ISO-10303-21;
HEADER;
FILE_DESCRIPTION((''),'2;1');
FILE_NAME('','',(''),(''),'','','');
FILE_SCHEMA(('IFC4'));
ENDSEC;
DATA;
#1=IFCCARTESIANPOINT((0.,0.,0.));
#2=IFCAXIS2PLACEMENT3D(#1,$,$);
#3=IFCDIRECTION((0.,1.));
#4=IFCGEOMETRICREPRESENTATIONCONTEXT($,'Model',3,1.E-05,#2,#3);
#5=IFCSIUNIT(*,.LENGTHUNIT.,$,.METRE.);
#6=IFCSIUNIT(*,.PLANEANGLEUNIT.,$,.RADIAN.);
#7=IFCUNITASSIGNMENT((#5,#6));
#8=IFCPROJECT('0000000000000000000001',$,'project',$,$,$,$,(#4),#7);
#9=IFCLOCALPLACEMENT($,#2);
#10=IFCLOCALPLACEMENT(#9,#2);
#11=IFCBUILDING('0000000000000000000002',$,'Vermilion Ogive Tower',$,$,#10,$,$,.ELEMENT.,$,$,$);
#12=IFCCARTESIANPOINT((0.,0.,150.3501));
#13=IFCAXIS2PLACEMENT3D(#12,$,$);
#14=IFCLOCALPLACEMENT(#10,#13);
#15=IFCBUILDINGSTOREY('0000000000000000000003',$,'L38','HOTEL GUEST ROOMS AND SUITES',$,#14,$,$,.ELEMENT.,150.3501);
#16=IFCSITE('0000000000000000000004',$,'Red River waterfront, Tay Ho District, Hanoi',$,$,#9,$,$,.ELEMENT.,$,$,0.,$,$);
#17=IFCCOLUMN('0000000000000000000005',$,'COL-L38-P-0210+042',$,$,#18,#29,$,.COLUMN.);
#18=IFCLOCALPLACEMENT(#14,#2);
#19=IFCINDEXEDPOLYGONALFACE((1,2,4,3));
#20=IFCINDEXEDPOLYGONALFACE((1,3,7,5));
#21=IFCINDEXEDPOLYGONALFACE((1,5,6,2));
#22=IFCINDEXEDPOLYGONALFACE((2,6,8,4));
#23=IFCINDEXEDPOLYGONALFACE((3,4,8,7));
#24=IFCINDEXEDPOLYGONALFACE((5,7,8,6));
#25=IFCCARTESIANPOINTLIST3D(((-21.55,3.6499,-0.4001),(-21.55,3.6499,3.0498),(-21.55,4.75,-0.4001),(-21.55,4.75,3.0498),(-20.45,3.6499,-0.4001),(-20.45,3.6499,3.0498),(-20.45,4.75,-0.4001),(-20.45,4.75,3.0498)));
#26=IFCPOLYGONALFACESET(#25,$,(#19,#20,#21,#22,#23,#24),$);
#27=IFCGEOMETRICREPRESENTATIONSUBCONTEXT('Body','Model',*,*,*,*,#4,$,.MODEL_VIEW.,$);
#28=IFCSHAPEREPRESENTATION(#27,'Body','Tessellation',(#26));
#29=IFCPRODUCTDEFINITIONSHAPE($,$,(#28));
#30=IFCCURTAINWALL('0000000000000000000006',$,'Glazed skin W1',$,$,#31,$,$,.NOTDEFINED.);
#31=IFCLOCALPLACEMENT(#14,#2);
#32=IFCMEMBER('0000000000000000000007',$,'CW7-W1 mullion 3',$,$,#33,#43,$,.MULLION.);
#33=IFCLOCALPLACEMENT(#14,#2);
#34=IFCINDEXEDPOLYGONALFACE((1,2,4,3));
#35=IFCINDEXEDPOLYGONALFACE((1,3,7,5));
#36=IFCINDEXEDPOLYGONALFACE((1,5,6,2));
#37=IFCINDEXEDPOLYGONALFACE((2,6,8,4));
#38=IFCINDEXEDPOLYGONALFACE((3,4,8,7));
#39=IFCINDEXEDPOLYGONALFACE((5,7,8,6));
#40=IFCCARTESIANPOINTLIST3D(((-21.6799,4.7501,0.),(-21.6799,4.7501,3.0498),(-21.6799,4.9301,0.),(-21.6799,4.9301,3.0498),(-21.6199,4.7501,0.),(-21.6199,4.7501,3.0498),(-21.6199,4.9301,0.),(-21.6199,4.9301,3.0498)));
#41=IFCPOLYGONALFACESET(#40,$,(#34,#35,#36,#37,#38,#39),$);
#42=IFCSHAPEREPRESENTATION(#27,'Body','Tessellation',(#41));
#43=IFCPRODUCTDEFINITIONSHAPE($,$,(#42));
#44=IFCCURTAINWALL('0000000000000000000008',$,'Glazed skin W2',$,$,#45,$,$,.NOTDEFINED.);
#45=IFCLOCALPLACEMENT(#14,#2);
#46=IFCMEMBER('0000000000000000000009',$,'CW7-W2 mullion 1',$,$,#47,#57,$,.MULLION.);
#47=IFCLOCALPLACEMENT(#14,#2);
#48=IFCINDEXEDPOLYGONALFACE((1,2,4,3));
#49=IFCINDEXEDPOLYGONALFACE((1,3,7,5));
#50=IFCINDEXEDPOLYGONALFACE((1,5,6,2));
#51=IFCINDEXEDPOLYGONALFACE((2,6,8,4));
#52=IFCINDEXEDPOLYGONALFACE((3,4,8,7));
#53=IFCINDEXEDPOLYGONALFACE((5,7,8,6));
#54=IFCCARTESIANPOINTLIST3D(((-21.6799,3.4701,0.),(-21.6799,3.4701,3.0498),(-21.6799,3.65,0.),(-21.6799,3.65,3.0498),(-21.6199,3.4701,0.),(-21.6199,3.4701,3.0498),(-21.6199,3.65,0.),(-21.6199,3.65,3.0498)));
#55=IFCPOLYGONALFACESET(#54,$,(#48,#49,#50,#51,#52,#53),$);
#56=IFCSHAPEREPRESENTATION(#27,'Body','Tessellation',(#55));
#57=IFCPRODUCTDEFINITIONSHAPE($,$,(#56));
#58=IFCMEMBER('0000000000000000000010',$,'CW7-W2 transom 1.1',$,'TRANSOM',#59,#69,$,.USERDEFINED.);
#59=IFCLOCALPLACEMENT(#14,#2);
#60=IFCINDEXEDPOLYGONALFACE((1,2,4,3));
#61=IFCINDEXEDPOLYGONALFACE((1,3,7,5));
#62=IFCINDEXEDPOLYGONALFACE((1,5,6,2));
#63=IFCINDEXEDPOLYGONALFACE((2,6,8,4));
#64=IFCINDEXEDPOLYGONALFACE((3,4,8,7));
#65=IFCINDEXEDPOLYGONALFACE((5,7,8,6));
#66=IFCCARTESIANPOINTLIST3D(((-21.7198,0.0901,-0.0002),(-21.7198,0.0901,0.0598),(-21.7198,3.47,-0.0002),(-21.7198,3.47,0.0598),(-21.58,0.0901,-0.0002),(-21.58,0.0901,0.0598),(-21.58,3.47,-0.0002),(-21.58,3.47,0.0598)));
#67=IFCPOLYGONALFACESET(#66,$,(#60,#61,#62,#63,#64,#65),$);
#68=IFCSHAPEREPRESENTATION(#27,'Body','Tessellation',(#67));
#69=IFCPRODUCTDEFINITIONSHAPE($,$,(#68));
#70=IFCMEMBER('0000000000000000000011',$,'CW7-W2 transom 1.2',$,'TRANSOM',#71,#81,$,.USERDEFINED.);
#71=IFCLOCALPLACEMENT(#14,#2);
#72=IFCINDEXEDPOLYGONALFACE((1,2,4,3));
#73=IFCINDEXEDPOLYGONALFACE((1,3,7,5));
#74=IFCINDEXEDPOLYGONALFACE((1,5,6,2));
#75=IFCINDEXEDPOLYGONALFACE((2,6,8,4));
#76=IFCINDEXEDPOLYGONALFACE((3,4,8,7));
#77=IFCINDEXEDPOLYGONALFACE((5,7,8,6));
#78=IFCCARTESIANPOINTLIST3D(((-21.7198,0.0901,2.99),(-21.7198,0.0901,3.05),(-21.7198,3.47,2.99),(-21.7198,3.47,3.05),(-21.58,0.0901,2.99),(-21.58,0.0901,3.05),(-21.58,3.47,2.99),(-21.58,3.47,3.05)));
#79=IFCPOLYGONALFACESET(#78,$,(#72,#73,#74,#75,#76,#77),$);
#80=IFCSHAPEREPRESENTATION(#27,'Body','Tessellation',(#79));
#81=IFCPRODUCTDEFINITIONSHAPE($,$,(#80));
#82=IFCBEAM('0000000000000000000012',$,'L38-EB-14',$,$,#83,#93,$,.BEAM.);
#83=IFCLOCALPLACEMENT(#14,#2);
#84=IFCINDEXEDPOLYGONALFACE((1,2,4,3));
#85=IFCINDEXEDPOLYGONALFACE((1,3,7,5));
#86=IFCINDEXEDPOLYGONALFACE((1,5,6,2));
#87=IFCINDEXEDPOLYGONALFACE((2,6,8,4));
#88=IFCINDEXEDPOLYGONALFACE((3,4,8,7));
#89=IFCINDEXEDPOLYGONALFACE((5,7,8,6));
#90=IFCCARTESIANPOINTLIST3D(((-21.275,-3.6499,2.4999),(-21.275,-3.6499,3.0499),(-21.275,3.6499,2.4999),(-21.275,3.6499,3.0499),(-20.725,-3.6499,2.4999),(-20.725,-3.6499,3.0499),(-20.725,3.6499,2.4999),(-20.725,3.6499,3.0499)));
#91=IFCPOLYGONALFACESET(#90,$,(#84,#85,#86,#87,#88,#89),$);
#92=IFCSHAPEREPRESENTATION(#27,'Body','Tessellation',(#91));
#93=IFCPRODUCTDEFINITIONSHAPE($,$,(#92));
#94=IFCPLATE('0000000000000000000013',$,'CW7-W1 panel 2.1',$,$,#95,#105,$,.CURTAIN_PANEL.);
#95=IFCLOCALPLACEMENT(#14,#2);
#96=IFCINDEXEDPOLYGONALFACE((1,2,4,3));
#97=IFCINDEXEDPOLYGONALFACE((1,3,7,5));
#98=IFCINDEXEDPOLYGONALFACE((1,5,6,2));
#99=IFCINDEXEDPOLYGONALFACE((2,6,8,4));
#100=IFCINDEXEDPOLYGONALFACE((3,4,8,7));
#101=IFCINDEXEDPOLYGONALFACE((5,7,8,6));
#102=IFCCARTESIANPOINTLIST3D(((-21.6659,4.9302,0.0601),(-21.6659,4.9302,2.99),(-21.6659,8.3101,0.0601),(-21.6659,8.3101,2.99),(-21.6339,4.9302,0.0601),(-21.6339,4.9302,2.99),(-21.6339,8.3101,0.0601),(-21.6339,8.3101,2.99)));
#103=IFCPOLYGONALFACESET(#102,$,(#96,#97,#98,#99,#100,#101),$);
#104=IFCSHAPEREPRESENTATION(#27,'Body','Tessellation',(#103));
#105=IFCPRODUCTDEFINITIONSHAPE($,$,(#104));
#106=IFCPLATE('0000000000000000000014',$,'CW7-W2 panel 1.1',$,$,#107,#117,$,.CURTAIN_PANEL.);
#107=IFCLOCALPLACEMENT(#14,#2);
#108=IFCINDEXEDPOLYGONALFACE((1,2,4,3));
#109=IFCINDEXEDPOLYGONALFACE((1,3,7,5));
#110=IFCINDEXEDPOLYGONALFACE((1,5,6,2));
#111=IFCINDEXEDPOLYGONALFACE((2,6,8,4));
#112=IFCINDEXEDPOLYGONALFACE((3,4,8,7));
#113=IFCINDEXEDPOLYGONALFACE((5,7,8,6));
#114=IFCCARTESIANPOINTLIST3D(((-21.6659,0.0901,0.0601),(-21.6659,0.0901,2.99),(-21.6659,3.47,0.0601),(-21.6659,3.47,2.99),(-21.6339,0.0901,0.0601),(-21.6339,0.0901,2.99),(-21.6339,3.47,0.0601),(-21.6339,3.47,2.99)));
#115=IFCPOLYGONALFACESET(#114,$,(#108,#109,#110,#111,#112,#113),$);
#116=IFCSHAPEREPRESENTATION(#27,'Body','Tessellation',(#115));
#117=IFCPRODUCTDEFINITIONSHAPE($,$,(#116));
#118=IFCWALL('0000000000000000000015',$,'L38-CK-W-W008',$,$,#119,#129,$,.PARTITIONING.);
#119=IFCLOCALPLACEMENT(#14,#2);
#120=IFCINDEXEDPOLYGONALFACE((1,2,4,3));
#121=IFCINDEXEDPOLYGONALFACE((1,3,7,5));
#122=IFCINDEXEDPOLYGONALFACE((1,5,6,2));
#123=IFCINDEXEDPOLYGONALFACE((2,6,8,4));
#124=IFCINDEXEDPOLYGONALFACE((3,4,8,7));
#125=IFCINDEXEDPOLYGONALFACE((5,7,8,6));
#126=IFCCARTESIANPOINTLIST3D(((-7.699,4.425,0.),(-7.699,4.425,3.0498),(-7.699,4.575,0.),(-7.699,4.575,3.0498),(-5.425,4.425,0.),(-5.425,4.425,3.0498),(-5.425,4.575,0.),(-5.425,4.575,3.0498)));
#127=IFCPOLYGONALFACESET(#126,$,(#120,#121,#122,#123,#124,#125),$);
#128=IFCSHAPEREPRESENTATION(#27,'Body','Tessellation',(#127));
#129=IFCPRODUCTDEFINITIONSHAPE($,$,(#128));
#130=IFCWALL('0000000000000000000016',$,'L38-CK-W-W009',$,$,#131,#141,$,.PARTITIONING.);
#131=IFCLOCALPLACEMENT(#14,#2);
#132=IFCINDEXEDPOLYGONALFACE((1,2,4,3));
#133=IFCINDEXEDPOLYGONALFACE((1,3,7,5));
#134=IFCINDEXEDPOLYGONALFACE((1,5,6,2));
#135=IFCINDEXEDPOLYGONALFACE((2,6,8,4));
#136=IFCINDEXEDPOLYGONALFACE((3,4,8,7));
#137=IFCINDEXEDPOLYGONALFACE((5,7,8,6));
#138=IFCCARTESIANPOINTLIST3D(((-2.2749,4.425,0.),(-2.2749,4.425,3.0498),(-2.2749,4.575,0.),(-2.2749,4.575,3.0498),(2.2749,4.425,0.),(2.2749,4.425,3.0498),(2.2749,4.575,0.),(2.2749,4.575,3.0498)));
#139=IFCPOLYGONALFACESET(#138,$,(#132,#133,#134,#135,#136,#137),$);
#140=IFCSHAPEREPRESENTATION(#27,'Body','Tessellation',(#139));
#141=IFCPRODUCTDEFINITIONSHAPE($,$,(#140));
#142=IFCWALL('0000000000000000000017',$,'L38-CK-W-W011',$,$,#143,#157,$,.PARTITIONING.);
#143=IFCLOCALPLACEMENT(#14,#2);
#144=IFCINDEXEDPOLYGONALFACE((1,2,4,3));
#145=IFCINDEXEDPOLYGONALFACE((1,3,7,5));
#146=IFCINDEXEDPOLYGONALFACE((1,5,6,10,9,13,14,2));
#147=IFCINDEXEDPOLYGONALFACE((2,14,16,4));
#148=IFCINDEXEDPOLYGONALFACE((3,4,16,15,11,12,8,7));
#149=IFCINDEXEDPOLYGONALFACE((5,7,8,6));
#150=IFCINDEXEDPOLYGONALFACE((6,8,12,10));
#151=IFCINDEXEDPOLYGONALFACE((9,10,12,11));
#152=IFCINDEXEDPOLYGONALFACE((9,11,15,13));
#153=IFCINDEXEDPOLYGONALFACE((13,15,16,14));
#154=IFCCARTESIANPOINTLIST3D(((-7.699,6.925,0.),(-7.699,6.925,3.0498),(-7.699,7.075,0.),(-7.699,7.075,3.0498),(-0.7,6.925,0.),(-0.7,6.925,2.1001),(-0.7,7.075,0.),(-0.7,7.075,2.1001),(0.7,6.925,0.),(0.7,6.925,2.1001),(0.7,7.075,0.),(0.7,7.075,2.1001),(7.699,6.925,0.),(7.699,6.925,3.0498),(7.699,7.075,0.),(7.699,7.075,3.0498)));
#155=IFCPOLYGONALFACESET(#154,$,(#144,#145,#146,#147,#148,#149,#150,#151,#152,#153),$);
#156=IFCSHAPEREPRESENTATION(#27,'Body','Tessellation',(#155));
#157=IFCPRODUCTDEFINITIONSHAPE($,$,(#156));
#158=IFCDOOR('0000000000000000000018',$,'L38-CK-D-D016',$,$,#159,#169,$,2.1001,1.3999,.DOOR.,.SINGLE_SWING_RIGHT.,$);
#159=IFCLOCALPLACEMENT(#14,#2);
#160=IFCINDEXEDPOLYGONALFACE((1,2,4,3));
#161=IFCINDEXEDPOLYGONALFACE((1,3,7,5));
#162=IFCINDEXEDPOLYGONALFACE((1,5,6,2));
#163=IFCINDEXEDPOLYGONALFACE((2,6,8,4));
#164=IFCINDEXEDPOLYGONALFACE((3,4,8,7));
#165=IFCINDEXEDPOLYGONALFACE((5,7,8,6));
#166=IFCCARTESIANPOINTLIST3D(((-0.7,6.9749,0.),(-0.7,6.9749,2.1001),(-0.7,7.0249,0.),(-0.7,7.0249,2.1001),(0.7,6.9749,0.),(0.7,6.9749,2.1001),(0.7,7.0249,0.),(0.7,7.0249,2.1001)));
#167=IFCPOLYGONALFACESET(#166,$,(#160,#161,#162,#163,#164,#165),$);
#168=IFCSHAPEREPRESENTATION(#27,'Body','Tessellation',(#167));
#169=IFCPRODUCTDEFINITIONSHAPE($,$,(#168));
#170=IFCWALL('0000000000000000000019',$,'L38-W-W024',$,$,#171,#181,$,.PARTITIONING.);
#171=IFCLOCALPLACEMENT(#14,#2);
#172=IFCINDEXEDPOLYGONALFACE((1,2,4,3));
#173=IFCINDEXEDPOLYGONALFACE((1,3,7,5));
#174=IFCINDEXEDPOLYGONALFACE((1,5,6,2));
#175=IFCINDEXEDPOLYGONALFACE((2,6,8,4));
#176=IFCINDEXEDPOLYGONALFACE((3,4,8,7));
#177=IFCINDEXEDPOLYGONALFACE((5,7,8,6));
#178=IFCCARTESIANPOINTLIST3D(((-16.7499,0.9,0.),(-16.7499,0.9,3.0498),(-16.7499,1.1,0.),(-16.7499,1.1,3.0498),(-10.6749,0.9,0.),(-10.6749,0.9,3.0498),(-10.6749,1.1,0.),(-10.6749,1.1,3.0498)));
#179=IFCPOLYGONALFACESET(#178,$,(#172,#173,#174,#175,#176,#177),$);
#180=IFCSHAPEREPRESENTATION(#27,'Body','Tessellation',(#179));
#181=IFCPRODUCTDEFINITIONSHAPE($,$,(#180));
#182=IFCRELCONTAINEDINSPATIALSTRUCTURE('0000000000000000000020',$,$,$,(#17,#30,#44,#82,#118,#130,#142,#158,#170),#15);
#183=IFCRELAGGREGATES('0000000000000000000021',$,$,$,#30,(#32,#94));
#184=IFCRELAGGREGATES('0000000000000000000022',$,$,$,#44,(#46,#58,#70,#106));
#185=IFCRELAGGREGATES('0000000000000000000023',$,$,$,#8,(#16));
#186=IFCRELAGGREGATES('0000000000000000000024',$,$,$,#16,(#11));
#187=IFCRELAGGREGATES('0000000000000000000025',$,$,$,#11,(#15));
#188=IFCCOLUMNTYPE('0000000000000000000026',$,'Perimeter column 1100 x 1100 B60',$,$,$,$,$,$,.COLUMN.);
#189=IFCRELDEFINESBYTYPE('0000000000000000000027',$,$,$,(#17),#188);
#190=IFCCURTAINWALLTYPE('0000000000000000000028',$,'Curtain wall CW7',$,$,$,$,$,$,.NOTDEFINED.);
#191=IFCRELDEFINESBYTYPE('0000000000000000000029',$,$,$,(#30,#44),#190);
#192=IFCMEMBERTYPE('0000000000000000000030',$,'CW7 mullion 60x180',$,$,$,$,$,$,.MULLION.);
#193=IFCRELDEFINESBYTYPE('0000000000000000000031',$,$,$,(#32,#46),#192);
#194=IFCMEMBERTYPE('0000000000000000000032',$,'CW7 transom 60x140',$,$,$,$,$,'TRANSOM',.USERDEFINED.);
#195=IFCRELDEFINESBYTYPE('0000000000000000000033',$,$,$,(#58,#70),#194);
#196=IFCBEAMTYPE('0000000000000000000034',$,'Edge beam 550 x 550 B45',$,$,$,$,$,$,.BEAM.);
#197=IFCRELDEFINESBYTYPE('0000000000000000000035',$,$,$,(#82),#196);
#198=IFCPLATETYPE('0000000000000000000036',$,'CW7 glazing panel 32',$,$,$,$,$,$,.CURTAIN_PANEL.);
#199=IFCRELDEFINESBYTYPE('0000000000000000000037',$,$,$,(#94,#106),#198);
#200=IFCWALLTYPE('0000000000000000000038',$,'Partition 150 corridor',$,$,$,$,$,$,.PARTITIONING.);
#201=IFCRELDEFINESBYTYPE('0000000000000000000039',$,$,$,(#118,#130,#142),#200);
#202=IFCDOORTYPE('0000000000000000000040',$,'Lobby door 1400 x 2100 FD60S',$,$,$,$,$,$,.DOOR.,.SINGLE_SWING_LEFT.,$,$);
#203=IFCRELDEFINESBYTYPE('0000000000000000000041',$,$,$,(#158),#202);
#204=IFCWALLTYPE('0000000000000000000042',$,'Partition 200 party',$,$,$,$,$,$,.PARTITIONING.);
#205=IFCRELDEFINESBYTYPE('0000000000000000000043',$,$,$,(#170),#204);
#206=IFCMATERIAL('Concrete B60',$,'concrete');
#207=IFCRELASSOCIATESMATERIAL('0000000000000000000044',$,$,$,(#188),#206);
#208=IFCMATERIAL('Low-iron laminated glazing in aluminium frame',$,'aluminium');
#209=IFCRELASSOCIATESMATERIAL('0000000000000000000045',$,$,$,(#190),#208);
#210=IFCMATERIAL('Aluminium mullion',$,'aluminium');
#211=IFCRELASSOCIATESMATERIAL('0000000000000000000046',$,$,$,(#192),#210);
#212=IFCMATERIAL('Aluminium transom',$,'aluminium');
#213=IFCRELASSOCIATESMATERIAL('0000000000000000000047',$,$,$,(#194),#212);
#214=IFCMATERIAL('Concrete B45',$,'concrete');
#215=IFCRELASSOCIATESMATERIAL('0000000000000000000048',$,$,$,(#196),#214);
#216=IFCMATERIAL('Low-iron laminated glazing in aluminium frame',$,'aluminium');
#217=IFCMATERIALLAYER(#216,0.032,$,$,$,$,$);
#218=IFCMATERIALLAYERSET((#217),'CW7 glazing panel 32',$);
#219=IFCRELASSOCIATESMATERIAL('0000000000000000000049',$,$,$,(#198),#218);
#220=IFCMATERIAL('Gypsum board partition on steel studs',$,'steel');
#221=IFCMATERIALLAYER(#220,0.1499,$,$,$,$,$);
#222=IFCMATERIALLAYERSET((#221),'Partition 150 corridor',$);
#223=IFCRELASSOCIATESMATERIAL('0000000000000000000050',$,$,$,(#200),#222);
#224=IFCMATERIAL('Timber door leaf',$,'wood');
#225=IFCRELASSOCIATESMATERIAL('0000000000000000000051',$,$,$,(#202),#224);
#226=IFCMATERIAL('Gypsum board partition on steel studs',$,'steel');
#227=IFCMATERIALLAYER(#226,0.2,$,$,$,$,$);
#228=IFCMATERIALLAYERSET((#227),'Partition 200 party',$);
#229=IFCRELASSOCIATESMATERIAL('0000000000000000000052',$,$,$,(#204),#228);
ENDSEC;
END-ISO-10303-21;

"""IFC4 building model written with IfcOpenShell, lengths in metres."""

from ifc_helpers import new_model, si_unit, direction, frame, frame_2d, origin, origin_2d, place, context, subcontext, project, spatial, rectangle, extrude, material, layer, layer_set, material_profile, profile_set, type_object, element, fill, aggregate, save


model = new_model("IFC4")

# Units and contexts
model_context = context("Model", 3, precision=1e-05, world=origin(), true_north=direction((0.0, 1.0)))
body_context = subcontext(model_context, "Body", "Model", "MODEL_VIEW")
ifc_project = project(units=[si_unit("LENGTHUNIT", "METRE"), si_unit("PLANEANGLEUNIT", "RADIAN")], contexts=[model_context])

# Site, building, storey
site_placement = place(None, origin())
site = spatial("IfcSite", under=ifc_project, at=site_placement, Name="Red River waterfront, Tay Ho District, Hanoi", CompositionType="ELEMENT", RefElevation=0.0)
building_placement = place(site_placement, origin())
building = spatial("IfcBuilding", under=site, at=building_placement, Name="Vermilion Ogive Tower", CompositionType="ELEMENT")
storey_placement = place(building_placement, frame((0.0, 0.0, 150.3501)))
storey = spatial("IfcBuildingStorey", under=building, at=storey_placement, Name="L38", Description="HOTEL GUEST ROOMS AND SUITES", CompositionType="ELEMENT", Elevation=150.3501)

# Column
ifc_material_1 = material(Name="Concrete B60", Category="concrete")
ifc_material_profile_1 = material_profile(ifc_material_1, rectangle(XDim=1.1001, YDim=1.1001, at=origin_2d()), Name="1100 x 1100")
ifc_profile_set_1 = profile_set([ifc_material_profile_1], Name="Concrete B60")
column_type = type_object("IfcColumnType", Name="Perimeter column 1100 x 1100 B60", PredefinedType="COLUMN", material=ifc_profile_set_1)
column_placement = place(storey_placement, frame((-21.0, 4.2, -0.4001), z_axis=(0.0, 0.0, 1.0), x_axis=(1.0, 0.0, 0.0)))
element("IfcColumn", 1, at=column_placement, inside=storey, type_object=column_type, Name="COL-L38-P-0210+042", PredefinedType="COLUMN", context=body_context, shape_type="SweptSolid", body=[
    extrude(rectangle(XDim=1.1001, YDim=1.1001, at=origin_2d()), origin(), (0.0, 0.0, 1.0), 3.45),
])

# Curtain wall, member
ifc_material_2 = material(Name="Low-iron laminated glazing in aluminium frame", Category="aluminium")
curtain_wall_type = type_object("IfcCurtainWallType", Name="Curtain wall CW7", PredefinedType="NOTDEFINED", material=ifc_material_2)
curtain_wall_1_placement = place(storey_placement, origin())
curtain_wall_1 = element("IfcCurtainWall", 2, at=curtain_wall_1_placement, inside=storey, type_object=curtain_wall_type, Name="Glazed skin W1", PredefinedType="NOTDEFINED")
ifc_material_3 = material(Name="Aluminium mullion", Category="aluminium")
ifc_material_profile_2 = material_profile(ifc_material_3, rectangle(XDim=0.0601, YDim=0.1799, at=origin_2d()), Name="AL 60x180")
ifc_profile_set_2 = profile_set([ifc_material_profile_2], Name="Aluminium mullion")
member_type_1 = type_object("IfcMemberType", Name="CW7 mullion 60x180", PredefinedType="MULLION", material=ifc_profile_set_2)
member_1_placement = place(storey_placement, frame((-21.6499, 4.8401, 0.0), z_axis=(0.0, 0.0, 1.0), x_axis=(1.0, 0.0, 0.0)))
member_1 = element("IfcMember", 3, at=member_1_placement, type_object=member_type_1, Name="CW7-W1 mullion 3", PredefinedType="MULLION", context=body_context, shape_type="SweptSolid", body=[
    extrude(rectangle(XDim=0.0601, YDim=0.1799, at=origin_2d()), origin(), (0.0, 0.0, 1.0), 3.0498),
])

# Curtain wall, members
curtain_wall_2_placement = place(storey_placement, origin())
curtain_wall_2 = element("IfcCurtainWall", 4, at=curtain_wall_2_placement, inside=storey, type_object=curtain_wall_type, Name="Glazed skin W2", PredefinedType="NOTDEFINED")
member_2_placement = place(storey_placement, frame((-21.6499, 3.5601, 0.0), z_axis=(0.0, 0.0, 1.0), x_axis=(1.0, 0.0, 0.0)))
member_2 = element("IfcMember", 5, at=member_2_placement, type_object=member_type_1, Name="CW7-W2 mullion 1", PredefinedType="MULLION", context=body_context, shape_type="SweptSolid", body=[
    extrude(rectangle(XDim=0.0601, YDim=0.1799, at=origin_2d()), origin(), (0.0, 0.0, 1.0), 3.0498),
])
ifc_material_4 = material(Name="Aluminium transom", Category="aluminium")
ifc_material_profile_3 = material_profile(ifc_material_4, rectangle(XDim=0.1399, YDim=0.0601, at=origin_2d()), Name="AL 60x140")
ifc_profile_set_3 = profile_set([ifc_material_profile_3], Name="Aluminium transom")
member_type_2 = type_object("IfcMemberType", Name="CW7 transom 60x140", ElementType="TRANSOM", PredefinedType="USERDEFINED", material=ifc_profile_set_3)
member_3_placement = place(storey_placement, frame((-21.6499, 3.47, 0.0298), z_axis=(0.0, -1.0, 0.0), x_axis=(1.0, 0.0, 0.0)))
member_3 = element("IfcMember", 6, at=member_3_placement, type_object=member_type_2, Name="CW7-W2 transom 1.1", ObjectType="TRANSOM", PredefinedType="USERDEFINED", context=body_context, shape_type="SweptSolid", body=[
    extrude(rectangle(XDim=0.1399, YDim=0.0601, at=origin_2d()), origin(), (0.0, 0.0, 1.0), 3.3799),
])
member_4_placement = place(storey_placement, frame((-21.6499, 3.47, 3.02), z_axis=(0.0, -1.0, 0.0), x_axis=(1.0, 0.0, 0.0)))
member_4 = element("IfcMember", 7, at=member_4_placement, type_object=member_type_2, Name="CW7-W2 transom 1.2", ObjectType="TRANSOM", PredefinedType="USERDEFINED", context=body_context, shape_type="SweptSolid", body=[
    extrude(rectangle(XDim=0.1399, YDim=0.0601, at=origin_2d()), origin(), (0.0, 0.0, 1.0), 3.3799),
])

# Beam
ifc_material_5 = material(Name="Concrete B45", Category="concrete")
ifc_material_profile_4 = material_profile(ifc_material_5, rectangle(XDim=0.55, YDim=0.55, at=origin_2d()), Name="550 x 550")
ifc_profile_set_4 = profile_set([ifc_material_profile_4], Name="Concrete B45")
beam_type = type_object("IfcBeamType", Name="Edge beam 550 x 550 B45", PredefinedType="BEAM", material=ifc_profile_set_4)
beam_placement = place(storey_placement, frame((-21.0, 3.6499, 2.7749), z_axis=(0.0, -1.0, 0.0), x_axis=(1.0, 0.0, 0.0)))
element("IfcBeam", 8, at=beam_placement, inside=storey, type_object=beam_type, Name="L38-EB-14", PredefinedType="BEAM", context=body_context, shape_type="SweptSolid", body=[
    extrude(rectangle(XDim=0.55, YDim=0.55, at=origin_2d()), origin(), (0.0, 0.0, 1.0), 7.2998),
])

# Plates
ifc_material_6 = material(Name="Low-iron laminated glazing in aluminium frame", Category="aluminium")
ifc_layer_1 = layer(ifc_material_6, 0.032)
ifc_layer_set_1 = layer_set([ifc_layer_1], Name="CW7 glazing panel 32")
plate_type = type_object("IfcPlateType", Name="CW7 glazing panel 32", PredefinedType="CURTAIN_PANEL", material=ifc_layer_set_1)
plate_1_placement = place(storey_placement, frame((-21.6499, 6.6201, 0.0601), z_axis=(0.0, 0.0, 1.0), x_axis=(0.0, -1.0, 0.0)))
plate_1 = element("IfcPlate", 9, at=plate_1_placement, type_object=plate_type, Name="CW7-W1 panel 2.1", PredefinedType="CURTAIN_PANEL", context=body_context, shape_type="SweptSolid", body=[
    extrude(rectangle(XDim=3.3799, YDim=0.032, at=origin_2d()), origin(), (0.0, 0.0, 1.0), 2.9299),
])
aggregate(curtain_wall_1, [member_1, plate_1])
plate_2_placement = place(storey_placement, frame((-21.6499, 1.78, 0.0601), z_axis=(0.0, 0.0, 1.0), x_axis=(0.0, -1.0, 0.0)))
plate_2 = element("IfcPlate", 10, at=plate_2_placement, type_object=plate_type, Name="CW7-W2 panel 1.1", PredefinedType="CURTAIN_PANEL", context=body_context, shape_type="SweptSolid", body=[
    extrude(rectangle(XDim=3.3799, YDim=0.032, at=origin_2d()), origin(), (0.0, 0.0, 1.0), 2.9299),
])
aggregate(curtain_wall_2, [member_2, member_3, member_4, plate_2])

# Walls
ifc_material_7 = material(Name="Gypsum board partition on steel studs", Category="steel")
ifc_layer_2 = layer(ifc_material_7, 0.1499)
ifc_layer_set_2 = layer_set([ifc_layer_2], Name="Partition 150 corridor")
wall_type_1 = type_object("IfcWallType", Name="Partition 150 corridor", PredefinedType="PARTITIONING", material=ifc_layer_set_2)
wall_1_placement = place(storey_placement, frame((-7.699, 4.5, 0.0), z_axis=(0.0, 0.0, 1.0), x_axis=(1.0, 0.0, 0.0)))
element("IfcWall", 11, at=wall_1_placement, inside=storey, type_object=wall_type_1, Name="L38-CK-W-W008", PredefinedType="PARTITIONING", context=body_context, shape_type="SweptSolid", body=[
    extrude(rectangle(XDim=2.2739, YDim=0.1499, at=frame_2d((1.137, 0.0))), origin(), (0.0, 0.0, 1.0), 3.0498),
])
wall_2_placement = place(storey_placement, frame((-2.2749, 4.5, 0.0), z_axis=(0.0, 0.0, 1.0), x_axis=(1.0, 0.0, 0.0)))
element("IfcWall", 12, at=wall_2_placement, inside=storey, type_object=wall_type_1, Name="L38-CK-W-W009", PredefinedType="PARTITIONING", context=body_context, shape_type="SweptSolid", body=[
    extrude(rectangle(XDim=4.5498, YDim=0.1499, at=frame_2d((2.2749, 0.0))), origin(), (0.0, 0.0, 1.0), 3.0498),
])

# Wall, opening, door
wall_3_placement = place(storey_placement, frame((-7.699, 7.0, 0.0), z_axis=(0.0, 0.0, 1.0), x_axis=(1.0, 0.0, 0.0)))
wall_3 = element("IfcWall", 13, at=wall_3_placement, inside=storey, type_object=wall_type_1, Name="L38-CK-W-W011", PredefinedType="PARTITIONING", context=body_context, shape_type="SweptSolid", body=[
    extrude(rectangle(XDim=15.3979, YDim=0.1499, at=frame_2d((7.699, 0.0))), origin(), (0.0, 0.0, 1.0), 3.0498),
])
opening_placement = place(wall_3_placement, frame((6.999, 0.0, 0.0)))
opening = element("IfcOpeningElement", 14, at=opening_placement, cuts=wall_3, PredefinedType="OPENING", context=body_context, shape_type="SweptSolid", body=[
    extrude(rectangle(XDim=1.3999, YDim=2.1001, at=frame_2d((0.7, 1.05))), frame((0.0, 0.085, 0.0), z_axis=(0.0, -1.0, 0.0), x_axis=(1.0, 0.0, 0.0)), (0.0, 0.0, 1.0), 0.1699),
])
ifc_material_8 = material(Name="Timber door leaf", Category="wood")
door_type = type_object("IfcDoorType", Name="Lobby door 1400 x 2100 FD60S", OperationType="SINGLE_SWING_LEFT", PredefinedType="DOOR", material=ifc_material_8)
door_placement = place(opening_placement, origin())
door = element("IfcDoor", 15, at=door_placement, inside=storey, type_object=door_type, Name="L38-CK-D-D016", OperationType="SINGLE_SWING_RIGHT", OverallHeight=2.1001, OverallWidth=1.3999, PredefinedType="DOOR", context=body_context, shape_type="SweptSolid", body=[
    extrude(rectangle(XDim=1.3999, YDim=2.1001, at=frame_2d((0.7, 1.05))), frame((0.0, 0.0249, 0.0), z_axis=(0.0, -1.0, 0.0), x_axis=(1.0, 0.0, 0.0)), (0.0, 0.0, 1.0), 0.05),
])
fill(opening, door)

# Wall
ifc_material_9 = material(Name="Gypsum board partition on steel studs", Category="steel")
ifc_layer_3 = layer(ifc_material_9, 0.2)
ifc_layer_set_3 = layer_set([ifc_layer_3], Name="Partition 200 party")
wall_type_2 = type_object("IfcWallType", Name="Partition 200 party", PredefinedType="PARTITIONING", material=ifc_layer_set_3)
wall_4_placement = place(storey_placement, frame((-16.75, 1.0, 0.0), z_axis=(0.0, 0.0, 1.0), x_axis=(1.0, 0.0, 0.0)))
element("IfcWall", 16, at=wall_4_placement, inside=storey, type_object=wall_type_2, Name="L38-W-W024", PredefinedType="PARTITIONING", context=body_context, shape_type="SweptSolid", body=[
    extrude(rectangle(XDim=6.075, YDim=0.2, at=frame_2d((3.0376, 0.0))), origin(), (0.0, 0.0, 1.0), 3.0498),
])

save(model, "model.ifc")
